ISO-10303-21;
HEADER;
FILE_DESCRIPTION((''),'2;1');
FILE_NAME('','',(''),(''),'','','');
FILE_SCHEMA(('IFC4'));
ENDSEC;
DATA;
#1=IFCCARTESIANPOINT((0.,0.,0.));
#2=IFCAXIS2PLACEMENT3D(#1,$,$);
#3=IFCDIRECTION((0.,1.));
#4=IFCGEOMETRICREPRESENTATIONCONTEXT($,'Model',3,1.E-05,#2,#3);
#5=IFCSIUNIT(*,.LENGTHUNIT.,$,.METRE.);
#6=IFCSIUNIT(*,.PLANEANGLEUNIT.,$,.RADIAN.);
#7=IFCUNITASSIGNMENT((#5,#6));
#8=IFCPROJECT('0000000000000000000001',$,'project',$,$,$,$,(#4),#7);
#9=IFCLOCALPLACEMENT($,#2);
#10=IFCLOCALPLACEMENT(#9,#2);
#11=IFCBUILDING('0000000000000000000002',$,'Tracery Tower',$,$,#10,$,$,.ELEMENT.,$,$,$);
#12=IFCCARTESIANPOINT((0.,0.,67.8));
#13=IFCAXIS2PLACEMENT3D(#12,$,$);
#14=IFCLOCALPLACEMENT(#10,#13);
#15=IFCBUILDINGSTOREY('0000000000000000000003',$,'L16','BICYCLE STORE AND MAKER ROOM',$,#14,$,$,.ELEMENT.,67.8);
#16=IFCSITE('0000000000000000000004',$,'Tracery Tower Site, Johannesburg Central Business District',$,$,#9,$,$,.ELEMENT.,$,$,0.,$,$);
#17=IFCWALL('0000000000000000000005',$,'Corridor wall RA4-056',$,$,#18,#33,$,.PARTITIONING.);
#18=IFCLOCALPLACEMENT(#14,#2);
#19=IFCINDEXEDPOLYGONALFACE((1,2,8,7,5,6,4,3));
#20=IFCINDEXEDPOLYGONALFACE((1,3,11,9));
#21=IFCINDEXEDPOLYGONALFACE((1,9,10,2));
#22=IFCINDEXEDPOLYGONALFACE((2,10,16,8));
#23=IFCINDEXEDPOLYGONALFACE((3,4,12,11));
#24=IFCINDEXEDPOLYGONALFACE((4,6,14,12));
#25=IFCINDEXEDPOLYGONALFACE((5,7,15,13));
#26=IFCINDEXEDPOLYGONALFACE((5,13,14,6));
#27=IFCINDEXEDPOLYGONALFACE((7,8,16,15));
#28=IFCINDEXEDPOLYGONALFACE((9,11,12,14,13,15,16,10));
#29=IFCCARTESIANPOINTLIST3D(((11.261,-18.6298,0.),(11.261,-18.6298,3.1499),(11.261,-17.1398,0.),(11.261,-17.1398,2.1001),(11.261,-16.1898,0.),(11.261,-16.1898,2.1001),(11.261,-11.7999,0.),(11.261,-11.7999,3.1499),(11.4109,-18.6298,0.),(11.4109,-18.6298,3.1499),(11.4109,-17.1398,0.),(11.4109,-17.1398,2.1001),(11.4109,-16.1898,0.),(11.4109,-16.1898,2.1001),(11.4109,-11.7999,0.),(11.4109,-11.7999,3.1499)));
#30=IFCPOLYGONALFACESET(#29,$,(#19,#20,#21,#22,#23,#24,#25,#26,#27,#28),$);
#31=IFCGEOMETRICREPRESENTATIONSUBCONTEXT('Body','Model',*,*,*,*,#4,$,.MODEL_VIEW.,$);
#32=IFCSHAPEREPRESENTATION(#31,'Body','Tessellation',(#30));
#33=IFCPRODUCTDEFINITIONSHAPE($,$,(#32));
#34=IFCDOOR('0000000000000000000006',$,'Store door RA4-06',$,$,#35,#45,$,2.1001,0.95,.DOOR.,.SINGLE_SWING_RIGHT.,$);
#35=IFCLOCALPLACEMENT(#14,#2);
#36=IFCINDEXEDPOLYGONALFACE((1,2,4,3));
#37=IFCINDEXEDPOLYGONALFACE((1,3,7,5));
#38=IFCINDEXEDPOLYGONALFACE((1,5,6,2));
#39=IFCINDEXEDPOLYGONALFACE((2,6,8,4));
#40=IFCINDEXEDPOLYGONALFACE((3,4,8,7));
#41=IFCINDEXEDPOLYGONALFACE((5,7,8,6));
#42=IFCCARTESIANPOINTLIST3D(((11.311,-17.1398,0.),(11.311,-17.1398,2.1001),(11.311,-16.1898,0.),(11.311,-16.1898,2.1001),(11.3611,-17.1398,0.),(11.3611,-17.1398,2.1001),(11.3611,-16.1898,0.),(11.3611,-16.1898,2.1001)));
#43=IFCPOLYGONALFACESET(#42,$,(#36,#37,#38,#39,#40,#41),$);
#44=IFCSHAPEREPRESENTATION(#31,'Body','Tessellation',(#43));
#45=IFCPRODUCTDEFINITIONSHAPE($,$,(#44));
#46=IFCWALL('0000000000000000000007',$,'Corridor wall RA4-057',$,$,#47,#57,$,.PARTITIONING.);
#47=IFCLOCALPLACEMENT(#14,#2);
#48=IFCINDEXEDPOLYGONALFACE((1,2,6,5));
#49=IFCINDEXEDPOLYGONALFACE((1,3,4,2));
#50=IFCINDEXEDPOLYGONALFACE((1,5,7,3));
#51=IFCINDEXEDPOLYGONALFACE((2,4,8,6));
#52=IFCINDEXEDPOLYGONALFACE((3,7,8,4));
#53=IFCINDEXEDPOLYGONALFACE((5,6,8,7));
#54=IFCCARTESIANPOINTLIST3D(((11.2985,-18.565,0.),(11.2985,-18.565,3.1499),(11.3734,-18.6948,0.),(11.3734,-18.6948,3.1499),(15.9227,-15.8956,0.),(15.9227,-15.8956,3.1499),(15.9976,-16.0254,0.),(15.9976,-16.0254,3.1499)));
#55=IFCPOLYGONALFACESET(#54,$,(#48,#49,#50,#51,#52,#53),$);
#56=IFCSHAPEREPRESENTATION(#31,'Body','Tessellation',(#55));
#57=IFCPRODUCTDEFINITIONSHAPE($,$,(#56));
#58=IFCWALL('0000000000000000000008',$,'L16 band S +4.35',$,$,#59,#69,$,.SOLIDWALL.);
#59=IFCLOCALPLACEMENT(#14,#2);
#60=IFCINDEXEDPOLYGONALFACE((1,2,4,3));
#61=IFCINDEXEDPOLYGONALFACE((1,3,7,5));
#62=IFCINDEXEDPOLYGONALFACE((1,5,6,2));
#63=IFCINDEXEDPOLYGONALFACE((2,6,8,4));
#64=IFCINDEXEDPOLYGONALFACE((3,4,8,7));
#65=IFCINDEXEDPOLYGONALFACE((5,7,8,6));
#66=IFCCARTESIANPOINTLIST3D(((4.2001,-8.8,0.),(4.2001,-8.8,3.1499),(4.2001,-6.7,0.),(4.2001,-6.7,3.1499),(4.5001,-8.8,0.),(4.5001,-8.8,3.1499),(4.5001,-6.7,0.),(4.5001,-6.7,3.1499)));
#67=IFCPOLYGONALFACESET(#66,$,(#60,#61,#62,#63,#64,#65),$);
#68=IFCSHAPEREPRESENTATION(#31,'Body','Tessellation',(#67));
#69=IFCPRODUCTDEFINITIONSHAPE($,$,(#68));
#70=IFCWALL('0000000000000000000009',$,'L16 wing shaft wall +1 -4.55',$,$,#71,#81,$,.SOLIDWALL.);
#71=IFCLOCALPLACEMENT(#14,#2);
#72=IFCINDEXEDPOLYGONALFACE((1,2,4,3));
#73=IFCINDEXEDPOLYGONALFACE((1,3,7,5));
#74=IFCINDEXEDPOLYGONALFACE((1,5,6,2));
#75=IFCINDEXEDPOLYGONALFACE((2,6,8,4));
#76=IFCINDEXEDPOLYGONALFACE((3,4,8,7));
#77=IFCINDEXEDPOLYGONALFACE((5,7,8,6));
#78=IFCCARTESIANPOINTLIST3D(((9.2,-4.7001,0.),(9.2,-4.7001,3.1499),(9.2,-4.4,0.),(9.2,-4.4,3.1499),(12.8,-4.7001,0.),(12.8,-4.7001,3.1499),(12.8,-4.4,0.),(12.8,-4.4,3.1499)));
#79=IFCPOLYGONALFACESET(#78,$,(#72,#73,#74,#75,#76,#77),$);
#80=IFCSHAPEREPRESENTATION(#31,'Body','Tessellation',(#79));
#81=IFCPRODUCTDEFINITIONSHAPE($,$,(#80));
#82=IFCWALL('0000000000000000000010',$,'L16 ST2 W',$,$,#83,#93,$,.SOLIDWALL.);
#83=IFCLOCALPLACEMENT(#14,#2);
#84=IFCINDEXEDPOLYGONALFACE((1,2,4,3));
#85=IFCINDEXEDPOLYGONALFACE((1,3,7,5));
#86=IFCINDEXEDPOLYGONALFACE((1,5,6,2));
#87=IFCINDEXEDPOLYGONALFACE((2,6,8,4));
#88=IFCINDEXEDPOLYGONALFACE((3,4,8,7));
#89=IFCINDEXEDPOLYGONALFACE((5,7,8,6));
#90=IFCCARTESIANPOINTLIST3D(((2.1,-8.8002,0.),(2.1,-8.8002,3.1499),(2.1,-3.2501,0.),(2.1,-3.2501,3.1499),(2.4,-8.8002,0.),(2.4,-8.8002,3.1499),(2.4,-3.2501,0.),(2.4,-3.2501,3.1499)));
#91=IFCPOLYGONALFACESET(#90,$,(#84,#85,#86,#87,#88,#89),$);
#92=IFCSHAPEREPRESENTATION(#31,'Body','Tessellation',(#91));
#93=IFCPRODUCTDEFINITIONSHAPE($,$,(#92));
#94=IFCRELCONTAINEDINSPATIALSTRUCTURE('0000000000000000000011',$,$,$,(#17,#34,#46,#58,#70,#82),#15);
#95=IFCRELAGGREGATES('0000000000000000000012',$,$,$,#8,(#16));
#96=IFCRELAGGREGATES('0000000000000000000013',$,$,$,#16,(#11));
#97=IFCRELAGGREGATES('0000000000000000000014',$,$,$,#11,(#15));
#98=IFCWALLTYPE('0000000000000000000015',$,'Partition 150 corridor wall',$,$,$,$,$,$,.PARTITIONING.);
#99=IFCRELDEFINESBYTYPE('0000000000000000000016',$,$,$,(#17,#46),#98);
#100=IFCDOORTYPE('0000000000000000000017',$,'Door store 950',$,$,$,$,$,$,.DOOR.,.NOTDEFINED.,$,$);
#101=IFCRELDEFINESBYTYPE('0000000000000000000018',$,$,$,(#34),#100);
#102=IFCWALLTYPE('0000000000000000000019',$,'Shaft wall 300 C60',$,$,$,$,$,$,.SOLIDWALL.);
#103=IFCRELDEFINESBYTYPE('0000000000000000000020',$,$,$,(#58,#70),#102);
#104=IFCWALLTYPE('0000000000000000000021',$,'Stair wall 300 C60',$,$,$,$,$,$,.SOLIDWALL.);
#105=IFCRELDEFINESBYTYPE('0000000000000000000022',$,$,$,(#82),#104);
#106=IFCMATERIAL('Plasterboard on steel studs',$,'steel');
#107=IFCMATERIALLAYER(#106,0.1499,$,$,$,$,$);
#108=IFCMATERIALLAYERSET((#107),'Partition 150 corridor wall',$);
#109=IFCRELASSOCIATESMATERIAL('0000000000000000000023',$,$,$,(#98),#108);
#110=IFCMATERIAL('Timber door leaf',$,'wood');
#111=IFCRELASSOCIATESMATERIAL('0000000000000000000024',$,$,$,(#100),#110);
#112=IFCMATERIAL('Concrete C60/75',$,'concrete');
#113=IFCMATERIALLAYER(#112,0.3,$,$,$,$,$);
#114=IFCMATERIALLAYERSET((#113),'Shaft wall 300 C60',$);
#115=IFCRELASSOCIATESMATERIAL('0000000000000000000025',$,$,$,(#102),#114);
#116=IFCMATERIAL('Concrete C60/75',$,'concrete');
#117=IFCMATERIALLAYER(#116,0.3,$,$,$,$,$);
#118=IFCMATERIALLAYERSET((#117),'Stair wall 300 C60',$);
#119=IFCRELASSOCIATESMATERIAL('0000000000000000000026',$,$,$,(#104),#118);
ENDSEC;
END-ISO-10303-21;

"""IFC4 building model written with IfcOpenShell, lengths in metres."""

from ifc_helpers import new_model, si_unit, direction, frame, frame_2d, origin, place, context, subcontext, project, spatial, rectangle, extrude, material, layer, layer_set, type_object, element, fill, save


model = new_model("IFC4")

# Units and contexts
model_context = context("Model", 3, precision=1e-05, world=origin(), true_north=direction((0.0, 1.0)))
body_context = subcontext(model_context, "Body", "Model", "MODEL_VIEW")
ifc_project = project(units=[si_unit("LENGTHUNIT", "METRE"), si_unit("PLANEANGLEUNIT", "RADIAN")], contexts=[model_context])

# Site, building, storey
site_placement = place(None, origin())
site = spatial("IfcSite", under=ifc_project, at=site_placement, Name="Tracery Tower Site, Johannesburg Central Business District", CompositionType="ELEMENT", RefElevation=0.0)
building_placement = place(site_placement, origin())
building = spatial("IfcBuilding", under=site, at=building_placement, Name="Tracery Tower", CompositionType="ELEMENT")
storey_placement = place(building_placement, frame((0.0, 0.0, 67.8)))
storey = spatial("IfcBuildingStorey", under=building, at=storey_placement, Name="L16", Description="BICYCLE STORE AND MAKER ROOM", CompositionType="ELEMENT", Elevation=67.8)

# Shared definitions
ifc_material_1 = material(Name="Plasterboard on steel studs", Category="steel")
ifc_layer_1 = layer(ifc_material_1, 0.1499)
ifc_layer_set_1 = layer_set([ifc_layer_1], Name="Partition 150 corridor wall")
wall_type_1 = type_object("IfcWallType", Name="Partition 150 corridor wall", PredefinedType="PARTITIONING", material=ifc_layer_set_1)

# Wall, opening, door
wall_1_placement = place(storey_placement, frame((11.3359, -18.6299, 0.0), z_axis=(0.0, 0.0, 1.0), x_axis=(0.0, 1.0, 0.0)))
wall_1 = element("IfcWall", 1, at=wall_1_placement, inside=storey, type_object=wall_type_1, Name="Corridor wall RA4-056", PredefinedType="PARTITIONING", context=body_context, shape_type="SweptSolid", body=[
    extrude(rectangle(XDim=6.8298, YDim=0.1499, at=frame_2d((3.415, 0.0))), origin(), (0.0, 0.0, 1.0), 3.1499),
])
opening_1_placement = place(wall_1_placement, frame((1.49, 0.0, 0.0)))
opening_1 = element("IfcOpeningElement", 2, at=opening_1_placement, cuts=wall_1, PredefinedType="OPENING", context=body_context, shape_type="SweptSolid", body=[
    extrude(rectangle(XDim=0.95, YDim=2.1001, at=frame_2d((0.4751, 1.05))), frame((0.0, 0.075, 0.0), z_axis=(0.0, -1.0, 0.0), x_axis=(1.0, 0.0, 0.0)), (0.0, 0.0, 1.0), 0.1499),
])
ifc_material_2 = material(Name="Timber door leaf", Category="wood")
door_type_1 = type_object("IfcDoorType", Name="Door store 950", OperationType="NOTDEFINED", PredefinedType="DOOR", material=ifc_material_2)
door_1_placement = place(opening_1_placement, origin())
door_1 = element("IfcDoor", 3, at=door_1_placement, inside=storey, type_object=door_type_1, Name="Store door RA4-06", OperationType="SINGLE_SWING_RIGHT", OverallHeight=2.1001, OverallWidth=0.95, PredefinedType="DOOR", context=body_context, shape_type="SweptSolid", body=[
    extrude(rectangle(XDim=0.95, YDim=2.1001, at=frame_2d((0.4751, 1.05))), frame((0.0, 0.0249, 0.0), z_axis=(0.0, -1.0, 0.0), x_axis=(1.0, 0.0, 0.0)), (0.0, 0.0, 1.0), 0.05),
])
fill(opening_1, door_1)

# Walls
wall_2_placement = place(storey_placement, frame((11.3359, -18.6299, 0.0), z_axis=(0.0, 0.0, 1.0), x_axis=(0.866057, 0.499945, 0.0)))
element("IfcWall", 4, at=wall_2_placement, inside=storey, type_object=wall_type_1, Name="Corridor wall RA4-057", PredefinedType="PARTITIONING", context=body_context, shape_type="SweptSolid", body=[
    extrude(rectangle(XDim=5.3394, YDim=0.1499, at=frame_2d((2.6697, 0.0))), origin(), (0.0, 0.0, 1.0), 3.1499),
])
ifc_material_3 = material(Name="Concrete C60/75", Category="concrete")
ifc_layer_2 = layer(ifc_material_3, 0.3)
ifc_layer_set_2 = layer_set([ifc_layer_2], Name="Shaft wall 300 C60")
wall_type_2 = type_object("IfcWallType", Name="Shaft wall 300 C60", PredefinedType="SOLIDWALL", material=ifc_layer_set_2)
wall_3_placement = place(storey_placement, frame((4.3501, -8.8, 0.0), z_axis=(0.0, 0.0, 1.0), x_axis=(0.0, 1.0, 0.0)))
element("IfcWall", 5, at=wall_3_placement, inside=storey, type_object=wall_type_2, Name="L16 band S +4.35", PredefinedType="SOLIDWALL", context=body_context, shape_type="SweptSolid", body=[
    extrude(rectangle(XDim=2.1001, YDim=0.3, at=frame_2d((1.05, 0.0))), origin(), (0.0, 0.0, 1.0), 3.1499),
])
wall_4_placement = place(storey_placement, frame((9.2, -4.55, 0.0), z_axis=(0.0, 0.0, 1.0), x_axis=(1.0, 0.0, 0.0)))
element("IfcWall", 6, at=wall_4_placement, inside=storey, type_object=wall_type_2, Name="L16 wing shaft wall +1 -4.55", PredefinedType="SOLIDWALL", context=body_context, shape_type="SweptSolid", body=[
    extrude(rectangle(XDim=3.6001, YDim=0.3, at=frame_2d((1.8, 0.0))), origin(), (0.0, 0.0, 1.0), 3.1499),
])

# Shared definitions
ifc_material_4 = material(Name="Concrete C60/75", Category="concrete")
ifc_layer_3 = layer(ifc_material_4, 0.3)
ifc_layer_set_3 = layer_set([ifc_layer_3], Name="Stair wall 300 C60")
wall_type_3 = type_object("IfcWallType", Name="Stair wall 300 C60", PredefinedType="SOLIDWALL", material=ifc_layer_set_3)

# Wall
wall_5_placement = place(storey_placement, frame((2.25, -8.8, 0.0), z_axis=(0.0, 0.0, 1.0), x_axis=(0.0, 1.0, 0.0)))
element("IfcWall", 7, at=wall_5_placement, inside=storey, type_object=wall_type_3, Name="L16 ST2 W", PredefinedType="SOLIDWALL", context=body_context, shape_type="SweptSolid", body=[
    extrude(rectangle(XDim=5.55, YDim=0.3, at=frame_2d((2.7749, 0.0))), origin(), (0.0, 0.0, 1.0), 3.1499),
])

save(model, "model.ifc")
